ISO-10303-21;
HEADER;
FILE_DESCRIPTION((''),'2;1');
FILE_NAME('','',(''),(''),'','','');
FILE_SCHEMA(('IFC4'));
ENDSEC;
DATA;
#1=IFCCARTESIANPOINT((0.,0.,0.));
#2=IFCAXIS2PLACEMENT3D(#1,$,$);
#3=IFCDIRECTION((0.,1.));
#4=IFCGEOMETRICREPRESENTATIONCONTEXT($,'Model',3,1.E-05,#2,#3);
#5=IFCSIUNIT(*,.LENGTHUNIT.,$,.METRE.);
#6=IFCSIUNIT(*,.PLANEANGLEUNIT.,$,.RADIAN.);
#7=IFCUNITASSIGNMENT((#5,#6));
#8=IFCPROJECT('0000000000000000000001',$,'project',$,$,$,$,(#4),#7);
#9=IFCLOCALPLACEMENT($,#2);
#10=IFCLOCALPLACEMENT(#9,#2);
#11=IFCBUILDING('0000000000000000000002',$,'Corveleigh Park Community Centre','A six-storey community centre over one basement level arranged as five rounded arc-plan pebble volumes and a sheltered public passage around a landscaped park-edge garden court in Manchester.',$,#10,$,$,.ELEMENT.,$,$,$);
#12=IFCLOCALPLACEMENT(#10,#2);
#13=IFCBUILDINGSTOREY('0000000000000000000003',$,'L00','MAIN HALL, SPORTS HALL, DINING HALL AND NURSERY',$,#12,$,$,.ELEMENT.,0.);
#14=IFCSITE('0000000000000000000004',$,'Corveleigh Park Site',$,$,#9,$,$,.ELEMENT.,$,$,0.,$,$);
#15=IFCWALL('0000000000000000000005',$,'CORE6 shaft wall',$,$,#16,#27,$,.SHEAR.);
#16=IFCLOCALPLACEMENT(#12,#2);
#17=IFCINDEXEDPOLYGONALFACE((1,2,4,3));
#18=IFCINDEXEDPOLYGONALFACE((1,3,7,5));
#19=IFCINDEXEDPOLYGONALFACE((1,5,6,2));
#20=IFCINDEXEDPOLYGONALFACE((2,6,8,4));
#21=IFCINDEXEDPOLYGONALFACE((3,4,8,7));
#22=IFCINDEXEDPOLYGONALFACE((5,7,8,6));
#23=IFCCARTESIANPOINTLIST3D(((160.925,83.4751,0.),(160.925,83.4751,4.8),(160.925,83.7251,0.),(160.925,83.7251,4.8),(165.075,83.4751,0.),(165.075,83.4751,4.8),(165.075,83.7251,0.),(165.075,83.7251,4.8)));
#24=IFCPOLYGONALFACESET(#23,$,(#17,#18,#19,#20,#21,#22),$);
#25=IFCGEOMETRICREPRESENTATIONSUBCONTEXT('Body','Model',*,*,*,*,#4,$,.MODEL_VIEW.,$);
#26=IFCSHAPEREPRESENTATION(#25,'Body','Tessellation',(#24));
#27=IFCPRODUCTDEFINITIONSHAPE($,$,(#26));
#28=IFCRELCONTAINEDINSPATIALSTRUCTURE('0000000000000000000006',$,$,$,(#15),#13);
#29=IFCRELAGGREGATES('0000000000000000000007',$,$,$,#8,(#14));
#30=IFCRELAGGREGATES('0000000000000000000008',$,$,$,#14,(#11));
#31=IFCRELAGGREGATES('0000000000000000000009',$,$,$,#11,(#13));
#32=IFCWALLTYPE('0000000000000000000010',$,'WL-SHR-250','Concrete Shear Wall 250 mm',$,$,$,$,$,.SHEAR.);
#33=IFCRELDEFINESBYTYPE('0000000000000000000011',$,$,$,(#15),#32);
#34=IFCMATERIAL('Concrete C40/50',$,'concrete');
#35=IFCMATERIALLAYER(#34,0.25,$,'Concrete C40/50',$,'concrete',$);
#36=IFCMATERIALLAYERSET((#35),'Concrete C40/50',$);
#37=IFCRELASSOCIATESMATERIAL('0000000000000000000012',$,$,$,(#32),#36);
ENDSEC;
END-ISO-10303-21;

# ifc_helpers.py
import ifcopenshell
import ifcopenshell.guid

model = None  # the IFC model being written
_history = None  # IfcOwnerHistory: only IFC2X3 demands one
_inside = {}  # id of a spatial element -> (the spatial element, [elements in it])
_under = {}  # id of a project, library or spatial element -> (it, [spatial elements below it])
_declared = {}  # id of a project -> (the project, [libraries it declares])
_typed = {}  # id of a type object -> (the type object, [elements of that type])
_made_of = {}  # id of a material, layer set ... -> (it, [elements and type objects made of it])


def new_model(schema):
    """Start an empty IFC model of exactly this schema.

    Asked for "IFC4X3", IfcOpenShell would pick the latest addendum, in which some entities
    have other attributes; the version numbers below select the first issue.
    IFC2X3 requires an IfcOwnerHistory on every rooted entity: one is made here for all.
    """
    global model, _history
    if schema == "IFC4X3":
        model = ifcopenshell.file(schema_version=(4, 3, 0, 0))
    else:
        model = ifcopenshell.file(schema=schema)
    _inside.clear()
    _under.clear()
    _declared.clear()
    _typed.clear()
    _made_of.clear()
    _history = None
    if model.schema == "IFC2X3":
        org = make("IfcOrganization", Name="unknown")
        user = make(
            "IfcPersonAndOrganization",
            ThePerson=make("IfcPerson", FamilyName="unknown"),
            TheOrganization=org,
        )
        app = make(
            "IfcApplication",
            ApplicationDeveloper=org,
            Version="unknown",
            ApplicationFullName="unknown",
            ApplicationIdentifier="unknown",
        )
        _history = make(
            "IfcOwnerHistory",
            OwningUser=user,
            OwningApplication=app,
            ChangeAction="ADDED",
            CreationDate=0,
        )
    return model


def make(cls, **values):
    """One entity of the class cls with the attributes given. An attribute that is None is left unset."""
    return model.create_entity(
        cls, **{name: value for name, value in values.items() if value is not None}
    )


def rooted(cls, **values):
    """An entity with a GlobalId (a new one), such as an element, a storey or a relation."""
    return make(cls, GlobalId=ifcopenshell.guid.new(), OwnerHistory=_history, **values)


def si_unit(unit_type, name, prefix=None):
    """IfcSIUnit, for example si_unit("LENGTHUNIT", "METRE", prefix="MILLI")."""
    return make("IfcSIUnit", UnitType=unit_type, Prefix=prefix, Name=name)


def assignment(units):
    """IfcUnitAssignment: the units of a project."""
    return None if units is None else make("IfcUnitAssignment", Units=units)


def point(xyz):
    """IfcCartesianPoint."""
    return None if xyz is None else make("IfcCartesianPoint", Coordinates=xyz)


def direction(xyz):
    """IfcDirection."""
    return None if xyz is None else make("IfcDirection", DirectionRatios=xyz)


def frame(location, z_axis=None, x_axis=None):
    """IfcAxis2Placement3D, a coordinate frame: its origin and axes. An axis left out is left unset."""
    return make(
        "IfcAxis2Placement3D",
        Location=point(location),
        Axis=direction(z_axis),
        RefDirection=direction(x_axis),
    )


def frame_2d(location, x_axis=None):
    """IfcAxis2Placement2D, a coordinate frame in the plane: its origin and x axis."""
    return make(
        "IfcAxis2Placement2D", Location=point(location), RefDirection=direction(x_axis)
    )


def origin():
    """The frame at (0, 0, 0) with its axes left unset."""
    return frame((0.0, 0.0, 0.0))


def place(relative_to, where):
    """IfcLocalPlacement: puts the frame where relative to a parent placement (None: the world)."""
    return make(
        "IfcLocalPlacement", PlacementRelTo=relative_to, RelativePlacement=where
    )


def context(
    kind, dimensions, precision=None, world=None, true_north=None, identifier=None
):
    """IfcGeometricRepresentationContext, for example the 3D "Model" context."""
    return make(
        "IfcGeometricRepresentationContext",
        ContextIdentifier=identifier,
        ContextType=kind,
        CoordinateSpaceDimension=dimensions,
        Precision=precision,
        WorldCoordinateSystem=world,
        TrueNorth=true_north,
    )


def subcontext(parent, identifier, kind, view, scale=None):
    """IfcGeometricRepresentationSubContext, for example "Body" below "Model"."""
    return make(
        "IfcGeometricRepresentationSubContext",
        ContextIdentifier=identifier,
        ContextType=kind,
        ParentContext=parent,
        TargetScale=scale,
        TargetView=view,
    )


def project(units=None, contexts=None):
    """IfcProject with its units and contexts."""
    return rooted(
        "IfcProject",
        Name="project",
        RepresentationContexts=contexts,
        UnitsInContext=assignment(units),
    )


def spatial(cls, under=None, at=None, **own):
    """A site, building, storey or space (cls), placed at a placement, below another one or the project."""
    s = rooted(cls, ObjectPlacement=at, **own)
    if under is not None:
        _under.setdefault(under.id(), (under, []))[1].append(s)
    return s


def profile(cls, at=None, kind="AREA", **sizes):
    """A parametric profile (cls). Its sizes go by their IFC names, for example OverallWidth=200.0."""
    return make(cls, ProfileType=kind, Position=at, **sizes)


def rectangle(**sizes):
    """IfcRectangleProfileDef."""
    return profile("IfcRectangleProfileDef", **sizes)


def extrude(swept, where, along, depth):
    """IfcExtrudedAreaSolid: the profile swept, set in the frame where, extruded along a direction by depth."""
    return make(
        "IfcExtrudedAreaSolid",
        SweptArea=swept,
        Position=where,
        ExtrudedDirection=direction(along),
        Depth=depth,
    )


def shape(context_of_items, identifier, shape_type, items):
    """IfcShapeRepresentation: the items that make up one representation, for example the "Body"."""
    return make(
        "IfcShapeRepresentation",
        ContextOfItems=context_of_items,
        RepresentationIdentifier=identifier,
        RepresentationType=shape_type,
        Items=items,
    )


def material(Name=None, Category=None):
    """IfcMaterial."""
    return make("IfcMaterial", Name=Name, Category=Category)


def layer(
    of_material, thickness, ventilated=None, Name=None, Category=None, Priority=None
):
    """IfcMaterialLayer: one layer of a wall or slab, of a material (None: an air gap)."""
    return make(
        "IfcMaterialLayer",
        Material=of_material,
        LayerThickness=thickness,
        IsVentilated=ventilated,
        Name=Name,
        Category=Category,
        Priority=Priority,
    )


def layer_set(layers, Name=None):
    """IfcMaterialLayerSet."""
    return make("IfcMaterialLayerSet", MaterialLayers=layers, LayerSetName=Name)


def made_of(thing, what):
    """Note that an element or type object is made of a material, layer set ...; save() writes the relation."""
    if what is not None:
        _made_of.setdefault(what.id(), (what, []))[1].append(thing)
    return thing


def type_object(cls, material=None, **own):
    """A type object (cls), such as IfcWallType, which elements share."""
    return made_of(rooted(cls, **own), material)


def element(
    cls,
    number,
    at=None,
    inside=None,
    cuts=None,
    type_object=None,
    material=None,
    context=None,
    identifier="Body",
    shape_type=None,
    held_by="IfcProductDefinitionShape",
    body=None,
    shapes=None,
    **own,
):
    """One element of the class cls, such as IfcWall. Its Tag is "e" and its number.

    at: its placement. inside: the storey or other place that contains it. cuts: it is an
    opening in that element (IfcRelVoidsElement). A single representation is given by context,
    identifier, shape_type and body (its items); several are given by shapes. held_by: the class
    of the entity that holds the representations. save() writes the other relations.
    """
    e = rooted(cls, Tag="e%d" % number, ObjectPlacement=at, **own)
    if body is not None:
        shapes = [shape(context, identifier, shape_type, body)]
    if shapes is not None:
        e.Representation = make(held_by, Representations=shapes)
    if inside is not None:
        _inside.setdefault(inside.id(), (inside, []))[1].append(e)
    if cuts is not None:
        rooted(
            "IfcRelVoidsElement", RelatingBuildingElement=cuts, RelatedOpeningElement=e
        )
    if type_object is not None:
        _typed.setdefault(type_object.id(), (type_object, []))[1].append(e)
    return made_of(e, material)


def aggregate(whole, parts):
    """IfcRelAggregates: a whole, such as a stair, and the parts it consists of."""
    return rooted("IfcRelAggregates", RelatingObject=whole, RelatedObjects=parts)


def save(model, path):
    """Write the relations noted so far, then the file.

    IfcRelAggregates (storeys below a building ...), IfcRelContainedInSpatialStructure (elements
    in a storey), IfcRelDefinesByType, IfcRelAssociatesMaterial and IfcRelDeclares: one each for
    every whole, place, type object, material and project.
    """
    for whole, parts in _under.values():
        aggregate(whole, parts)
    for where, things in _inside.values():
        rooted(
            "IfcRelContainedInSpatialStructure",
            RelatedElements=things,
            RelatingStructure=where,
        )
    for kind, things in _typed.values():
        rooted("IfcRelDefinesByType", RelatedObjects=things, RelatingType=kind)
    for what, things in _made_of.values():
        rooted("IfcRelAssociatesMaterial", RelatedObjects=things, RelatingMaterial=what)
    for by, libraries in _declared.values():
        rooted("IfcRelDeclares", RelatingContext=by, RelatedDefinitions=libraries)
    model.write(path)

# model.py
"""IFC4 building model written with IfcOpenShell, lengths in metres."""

from ifc_helpers import new_model, si_unit, direction, frame, frame_2d, origin, place, context, subcontext, project, spatial, rectangle, extrude, material, layer, layer_set, type_object, element, save


model = new_model("IFC4")

# Units and contexts
model_context = context("Model", 3, precision=1e-05, world=origin(), true_north=direction((0.0, 1.0)))
body_context = subcontext(model_context, "Body", "Model", "MODEL_VIEW")
ifc_project = project(units=[si_unit("LENGTHUNIT", "METRE"), si_unit("PLANEANGLEUNIT", "RADIAN")], contexts=[model_context])

# Site, building, storey
site_placement = place(None, origin())
site = spatial("IfcSite", under=ifc_project, at=site_placement, Name="Corveleigh Park Site", CompositionType="ELEMENT", RefElevation=0.0)
building_placement = place(site_placement, origin())
building = spatial("IfcBuilding", under=site, at=building_placement, Name="Corveleigh Park Community Centre", Description="A six-storey community centre over one basement level arranged as five rounded arc-plan pebble volumes and a sheltered public passage around a landscaped park-edge garden court in Manchester.", CompositionType="ELEMENT")
storey_placement = place(building_placement, origin())
storey = spatial("IfcBuildingStorey", under=building, at=storey_placement, Name="L00", Description="MAIN HALL, SPORTS HALL, DINING HALL AND NURSERY", CompositionType="ELEMENT", Elevation=0.0)

# Shared definitions
ifc_material_1 = material(Name="Concrete C40/50", Category="concrete")

# Shared definitions
ifc_layer_1 = layer(ifc_material_1, 0.25, Name="Concrete C40/50", Category="concrete")
ifc_layer_set_1 = layer_set([ifc_layer_1], Name="Concrete C40/50")
wall_type_1 = type_object("IfcWallType", Name="WL-SHR-250", Description="Concrete Shear Wall 250 mm", PredefinedType="SHEAR", material=ifc_layer_set_1)

# Wall
wall_1_placement = place(storey_placement, frame((160.925, 83.6001, 0.0), z_axis=(0.0, 0.0, 1.0), x_axis=(1.0, 0.0, 0.0)))
element("IfcWall", 1, at=wall_1_placement, inside=storey, type_object=wall_type_1, Name="CORE6 shaft wall", PredefinedType="SHEAR", context=body_context, shape_type="SweptSolid", body=[
    extrude(rectangle(XDim=4.1499, YDim=0.25, at=frame_2d((2.075, 0.0))), origin(), (0.0, 0.0, 1.0), 4.8),
])

save(model, "model.ifc")
